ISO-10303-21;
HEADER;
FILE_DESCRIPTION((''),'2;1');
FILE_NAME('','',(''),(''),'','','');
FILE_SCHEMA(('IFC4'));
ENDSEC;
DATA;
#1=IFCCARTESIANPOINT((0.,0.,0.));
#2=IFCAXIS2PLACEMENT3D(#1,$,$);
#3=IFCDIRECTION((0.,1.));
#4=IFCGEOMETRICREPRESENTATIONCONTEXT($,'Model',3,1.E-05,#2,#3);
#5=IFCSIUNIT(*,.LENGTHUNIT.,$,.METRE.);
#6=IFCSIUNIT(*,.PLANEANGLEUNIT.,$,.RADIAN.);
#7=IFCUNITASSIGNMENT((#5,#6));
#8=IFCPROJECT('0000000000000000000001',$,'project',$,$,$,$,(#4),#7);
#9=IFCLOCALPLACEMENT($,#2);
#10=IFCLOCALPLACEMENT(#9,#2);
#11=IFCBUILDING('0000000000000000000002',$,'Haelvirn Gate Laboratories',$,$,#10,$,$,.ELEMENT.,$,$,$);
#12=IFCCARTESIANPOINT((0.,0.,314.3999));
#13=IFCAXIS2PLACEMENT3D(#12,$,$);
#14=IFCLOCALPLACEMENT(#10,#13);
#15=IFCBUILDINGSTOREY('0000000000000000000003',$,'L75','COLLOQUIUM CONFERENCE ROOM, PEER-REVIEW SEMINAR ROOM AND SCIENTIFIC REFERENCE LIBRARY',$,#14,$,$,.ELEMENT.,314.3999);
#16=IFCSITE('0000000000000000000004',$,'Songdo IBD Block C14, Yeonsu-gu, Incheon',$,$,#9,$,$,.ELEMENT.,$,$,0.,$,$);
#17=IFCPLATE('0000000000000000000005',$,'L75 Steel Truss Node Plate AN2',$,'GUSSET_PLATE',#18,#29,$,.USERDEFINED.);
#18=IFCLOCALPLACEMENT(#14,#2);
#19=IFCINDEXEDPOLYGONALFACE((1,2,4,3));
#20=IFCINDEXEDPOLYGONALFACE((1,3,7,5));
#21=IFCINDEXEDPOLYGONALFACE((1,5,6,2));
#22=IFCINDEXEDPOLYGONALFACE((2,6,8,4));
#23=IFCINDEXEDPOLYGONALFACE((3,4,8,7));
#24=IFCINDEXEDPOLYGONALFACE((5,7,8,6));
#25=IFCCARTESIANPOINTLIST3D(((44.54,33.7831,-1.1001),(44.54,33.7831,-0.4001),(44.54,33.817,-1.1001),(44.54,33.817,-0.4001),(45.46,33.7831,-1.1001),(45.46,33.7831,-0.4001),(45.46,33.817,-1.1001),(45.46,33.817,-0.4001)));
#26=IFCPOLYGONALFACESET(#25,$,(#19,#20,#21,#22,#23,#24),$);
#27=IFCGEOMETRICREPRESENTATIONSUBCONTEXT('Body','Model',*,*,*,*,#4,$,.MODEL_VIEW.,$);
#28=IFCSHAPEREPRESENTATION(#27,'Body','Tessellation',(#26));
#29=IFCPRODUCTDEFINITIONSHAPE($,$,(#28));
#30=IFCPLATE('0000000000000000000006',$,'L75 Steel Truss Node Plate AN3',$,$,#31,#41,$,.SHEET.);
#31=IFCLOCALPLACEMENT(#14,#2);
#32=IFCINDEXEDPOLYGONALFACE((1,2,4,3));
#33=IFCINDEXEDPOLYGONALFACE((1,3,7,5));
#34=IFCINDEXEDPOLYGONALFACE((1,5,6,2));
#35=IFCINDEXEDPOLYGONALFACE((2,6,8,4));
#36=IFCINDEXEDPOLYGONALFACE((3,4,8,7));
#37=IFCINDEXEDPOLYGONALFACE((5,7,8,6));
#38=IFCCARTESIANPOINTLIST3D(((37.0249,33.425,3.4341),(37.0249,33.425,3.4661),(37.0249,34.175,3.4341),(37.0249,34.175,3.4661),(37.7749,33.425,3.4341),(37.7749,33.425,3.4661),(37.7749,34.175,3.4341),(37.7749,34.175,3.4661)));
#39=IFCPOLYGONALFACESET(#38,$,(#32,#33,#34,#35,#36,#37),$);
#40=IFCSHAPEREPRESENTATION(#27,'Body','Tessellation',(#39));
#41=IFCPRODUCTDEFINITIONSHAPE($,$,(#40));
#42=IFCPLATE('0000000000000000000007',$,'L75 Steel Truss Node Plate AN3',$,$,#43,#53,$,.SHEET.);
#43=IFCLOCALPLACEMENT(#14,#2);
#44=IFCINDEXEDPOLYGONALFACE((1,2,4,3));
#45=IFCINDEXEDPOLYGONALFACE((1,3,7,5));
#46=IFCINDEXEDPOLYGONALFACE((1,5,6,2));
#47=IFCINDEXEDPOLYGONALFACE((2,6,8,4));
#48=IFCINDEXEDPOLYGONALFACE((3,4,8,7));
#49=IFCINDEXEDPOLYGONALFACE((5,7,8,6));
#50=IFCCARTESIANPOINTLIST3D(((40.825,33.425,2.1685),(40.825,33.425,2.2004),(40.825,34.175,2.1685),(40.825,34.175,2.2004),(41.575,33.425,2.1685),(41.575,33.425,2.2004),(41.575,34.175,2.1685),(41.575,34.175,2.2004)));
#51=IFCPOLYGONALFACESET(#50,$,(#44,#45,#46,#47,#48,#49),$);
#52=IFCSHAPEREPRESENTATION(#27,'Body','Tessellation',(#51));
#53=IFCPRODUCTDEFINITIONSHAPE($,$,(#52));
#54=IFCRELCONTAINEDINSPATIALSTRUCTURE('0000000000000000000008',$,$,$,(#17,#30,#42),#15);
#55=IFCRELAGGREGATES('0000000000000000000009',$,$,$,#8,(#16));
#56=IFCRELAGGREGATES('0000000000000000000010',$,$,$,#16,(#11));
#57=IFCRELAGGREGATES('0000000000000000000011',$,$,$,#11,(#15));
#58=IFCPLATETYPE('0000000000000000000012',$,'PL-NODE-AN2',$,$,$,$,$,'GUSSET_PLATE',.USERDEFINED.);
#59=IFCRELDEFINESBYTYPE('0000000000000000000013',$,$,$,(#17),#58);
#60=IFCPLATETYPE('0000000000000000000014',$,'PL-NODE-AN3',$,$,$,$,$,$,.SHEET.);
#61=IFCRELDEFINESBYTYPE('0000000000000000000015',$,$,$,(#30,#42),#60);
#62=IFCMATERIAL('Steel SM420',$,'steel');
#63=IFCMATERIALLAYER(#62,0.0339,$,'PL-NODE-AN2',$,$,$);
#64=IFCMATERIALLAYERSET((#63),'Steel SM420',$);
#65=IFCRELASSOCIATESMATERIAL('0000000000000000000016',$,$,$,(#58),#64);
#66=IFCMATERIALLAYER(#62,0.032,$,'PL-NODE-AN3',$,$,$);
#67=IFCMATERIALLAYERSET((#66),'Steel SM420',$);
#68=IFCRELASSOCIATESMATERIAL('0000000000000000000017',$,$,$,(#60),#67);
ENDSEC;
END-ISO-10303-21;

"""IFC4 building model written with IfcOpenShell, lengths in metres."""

from ifc_helpers import new_model, si_unit, direction, frame, origin, origin_2d, place, context, subcontext, project, spatial, rectangle, extrude, source, transform, mapped, material, layer, layer_set, type_object, type_shapes, element, save


model = new_model("IFC4")

# Units and contexts
model_context = context("Model", 3, precision=1e-05, world=origin(), true_north=direction((0.0, 1.0)))
body_context = subcontext(model_context, "Body", "Model", "MODEL_VIEW")
ifc_project = project(units=[si_unit("LENGTHUNIT", "METRE"), si_unit("PLANEANGLEUNIT", "RADIAN")], contexts=[model_context])

# Site, building, storey
site_placement = place(None, origin())
site = spatial("IfcSite", under=ifc_project, at=site_placement, Name="Songdo IBD Block C14, Yeonsu-gu, Incheon", CompositionType="ELEMENT", RefElevation=0.0)
building_placement = place(site_placement, origin())
building = spatial("IfcBuilding", under=site, at=building_placement, Name="Haelvirn Gate Laboratories", CompositionType="ELEMENT")
storey_placement = place(building_placement, frame((0.0, 0.0, 314.3999)))
storey = spatial("IfcBuildingStorey", under=building, at=storey_placement, Name="L75", Description="COLLOQUIUM CONFERENCE ROOM, PEER-REVIEW SEMINAR ROOM AND SCIENTIFIC REFERENCE LIBRARY", CompositionType="ELEMENT", Elevation=314.3999)

# Shared definitions
ifc_material_1 = material(Name="Steel SM420", Category="steel")

# Plates
ifc_layer_1 = layer(ifc_material_1, 0.0339, Name="PL-NODE-AN2")
ifc_layer_set_1 = layer_set([ifc_layer_1], Name="Steel SM420")
plate_type_1 = type_object("IfcPlateType", Name="PL-NODE-AN2", ElementType="GUSSET_PLATE", PredefinedType="USERDEFINED", material=ifc_layer_set_1)
shared_shape_1 = source(origin(), body_context, "Body", "SweptSolid", [
    extrude(rectangle(XDim=0.9199, YDim=0.0339, at=origin_2d()), origin(), (0.0, 0.0, 1.0), 0.7),
])
type_shapes(plate_type_1, [shared_shape_1])
for number, where, z_axis, x_axis, name in (
    (1, (45.0, 33.8, -1.1001), (0.0, 0.0, 1.0), (1.0, 0.0, 0.0), "L75 Steel Truss Node Plate AN2"),
):
    element("IfcPlate", number, at=place(storey_placement, frame(where, z_axis=z_axis, x_axis=x_axis)), inside=storey, type_object=plate_type_1, Name=name, ObjectType="GUSSET_PLATE", PredefinedType="USERDEFINED", context=body_context, shape_type="MappedRepresentation", body=[
        mapped(shared_shape_1, transform((0.0, 0.0, 0.0), scale=1.0)),
    ])
ifc_layer_2 = layer(ifc_material_1, 0.032, Name="PL-NODE-AN3")
ifc_layer_set_2 = layer_set([ifc_layer_2], Name="Steel SM420")
plate_type_2 = type_object("IfcPlateType", Name="PL-NODE-AN3", PredefinedType="SHEET", material=ifc_layer_set_2)
shared_shape_2 = source(origin(), body_context, "Body", "SweptSolid", [
    extrude(rectangle(XDim=0.75, YDim=0.75, at=origin_2d()), origin(), (0.0, 0.0, 1.0), 0.032),
])
type_shapes(plate_type_2, [shared_shape_2])
for number, where, z_axis, x_axis, name in (
    (2, (37.3999, 33.8, 3.4341), (0.0, 0.0, 1.0), (1.0, 0.0, 0.0), "L75 Steel Truss Node Plate AN3"),
    (3, (41.2, 33.8, 2.1685), (0.0, 0.0, 1.0), (1.0, 0.0, 0.0), "L75 Steel Truss Node Plate AN3"),
):
    element("IfcPlate", number, at=place(storey_placement, frame(where, z_axis=z_axis, x_axis=x_axis)), inside=storey, type_object=plate_type_2, Name=name, PredefinedType="SHEET", context=body_context, shape_type="MappedRepresentation", body=[
        mapped(shared_shape_2, transform((0.0, 0.0, 0.0), scale=1.0)),
    ])

save(model, "model.ifc")
